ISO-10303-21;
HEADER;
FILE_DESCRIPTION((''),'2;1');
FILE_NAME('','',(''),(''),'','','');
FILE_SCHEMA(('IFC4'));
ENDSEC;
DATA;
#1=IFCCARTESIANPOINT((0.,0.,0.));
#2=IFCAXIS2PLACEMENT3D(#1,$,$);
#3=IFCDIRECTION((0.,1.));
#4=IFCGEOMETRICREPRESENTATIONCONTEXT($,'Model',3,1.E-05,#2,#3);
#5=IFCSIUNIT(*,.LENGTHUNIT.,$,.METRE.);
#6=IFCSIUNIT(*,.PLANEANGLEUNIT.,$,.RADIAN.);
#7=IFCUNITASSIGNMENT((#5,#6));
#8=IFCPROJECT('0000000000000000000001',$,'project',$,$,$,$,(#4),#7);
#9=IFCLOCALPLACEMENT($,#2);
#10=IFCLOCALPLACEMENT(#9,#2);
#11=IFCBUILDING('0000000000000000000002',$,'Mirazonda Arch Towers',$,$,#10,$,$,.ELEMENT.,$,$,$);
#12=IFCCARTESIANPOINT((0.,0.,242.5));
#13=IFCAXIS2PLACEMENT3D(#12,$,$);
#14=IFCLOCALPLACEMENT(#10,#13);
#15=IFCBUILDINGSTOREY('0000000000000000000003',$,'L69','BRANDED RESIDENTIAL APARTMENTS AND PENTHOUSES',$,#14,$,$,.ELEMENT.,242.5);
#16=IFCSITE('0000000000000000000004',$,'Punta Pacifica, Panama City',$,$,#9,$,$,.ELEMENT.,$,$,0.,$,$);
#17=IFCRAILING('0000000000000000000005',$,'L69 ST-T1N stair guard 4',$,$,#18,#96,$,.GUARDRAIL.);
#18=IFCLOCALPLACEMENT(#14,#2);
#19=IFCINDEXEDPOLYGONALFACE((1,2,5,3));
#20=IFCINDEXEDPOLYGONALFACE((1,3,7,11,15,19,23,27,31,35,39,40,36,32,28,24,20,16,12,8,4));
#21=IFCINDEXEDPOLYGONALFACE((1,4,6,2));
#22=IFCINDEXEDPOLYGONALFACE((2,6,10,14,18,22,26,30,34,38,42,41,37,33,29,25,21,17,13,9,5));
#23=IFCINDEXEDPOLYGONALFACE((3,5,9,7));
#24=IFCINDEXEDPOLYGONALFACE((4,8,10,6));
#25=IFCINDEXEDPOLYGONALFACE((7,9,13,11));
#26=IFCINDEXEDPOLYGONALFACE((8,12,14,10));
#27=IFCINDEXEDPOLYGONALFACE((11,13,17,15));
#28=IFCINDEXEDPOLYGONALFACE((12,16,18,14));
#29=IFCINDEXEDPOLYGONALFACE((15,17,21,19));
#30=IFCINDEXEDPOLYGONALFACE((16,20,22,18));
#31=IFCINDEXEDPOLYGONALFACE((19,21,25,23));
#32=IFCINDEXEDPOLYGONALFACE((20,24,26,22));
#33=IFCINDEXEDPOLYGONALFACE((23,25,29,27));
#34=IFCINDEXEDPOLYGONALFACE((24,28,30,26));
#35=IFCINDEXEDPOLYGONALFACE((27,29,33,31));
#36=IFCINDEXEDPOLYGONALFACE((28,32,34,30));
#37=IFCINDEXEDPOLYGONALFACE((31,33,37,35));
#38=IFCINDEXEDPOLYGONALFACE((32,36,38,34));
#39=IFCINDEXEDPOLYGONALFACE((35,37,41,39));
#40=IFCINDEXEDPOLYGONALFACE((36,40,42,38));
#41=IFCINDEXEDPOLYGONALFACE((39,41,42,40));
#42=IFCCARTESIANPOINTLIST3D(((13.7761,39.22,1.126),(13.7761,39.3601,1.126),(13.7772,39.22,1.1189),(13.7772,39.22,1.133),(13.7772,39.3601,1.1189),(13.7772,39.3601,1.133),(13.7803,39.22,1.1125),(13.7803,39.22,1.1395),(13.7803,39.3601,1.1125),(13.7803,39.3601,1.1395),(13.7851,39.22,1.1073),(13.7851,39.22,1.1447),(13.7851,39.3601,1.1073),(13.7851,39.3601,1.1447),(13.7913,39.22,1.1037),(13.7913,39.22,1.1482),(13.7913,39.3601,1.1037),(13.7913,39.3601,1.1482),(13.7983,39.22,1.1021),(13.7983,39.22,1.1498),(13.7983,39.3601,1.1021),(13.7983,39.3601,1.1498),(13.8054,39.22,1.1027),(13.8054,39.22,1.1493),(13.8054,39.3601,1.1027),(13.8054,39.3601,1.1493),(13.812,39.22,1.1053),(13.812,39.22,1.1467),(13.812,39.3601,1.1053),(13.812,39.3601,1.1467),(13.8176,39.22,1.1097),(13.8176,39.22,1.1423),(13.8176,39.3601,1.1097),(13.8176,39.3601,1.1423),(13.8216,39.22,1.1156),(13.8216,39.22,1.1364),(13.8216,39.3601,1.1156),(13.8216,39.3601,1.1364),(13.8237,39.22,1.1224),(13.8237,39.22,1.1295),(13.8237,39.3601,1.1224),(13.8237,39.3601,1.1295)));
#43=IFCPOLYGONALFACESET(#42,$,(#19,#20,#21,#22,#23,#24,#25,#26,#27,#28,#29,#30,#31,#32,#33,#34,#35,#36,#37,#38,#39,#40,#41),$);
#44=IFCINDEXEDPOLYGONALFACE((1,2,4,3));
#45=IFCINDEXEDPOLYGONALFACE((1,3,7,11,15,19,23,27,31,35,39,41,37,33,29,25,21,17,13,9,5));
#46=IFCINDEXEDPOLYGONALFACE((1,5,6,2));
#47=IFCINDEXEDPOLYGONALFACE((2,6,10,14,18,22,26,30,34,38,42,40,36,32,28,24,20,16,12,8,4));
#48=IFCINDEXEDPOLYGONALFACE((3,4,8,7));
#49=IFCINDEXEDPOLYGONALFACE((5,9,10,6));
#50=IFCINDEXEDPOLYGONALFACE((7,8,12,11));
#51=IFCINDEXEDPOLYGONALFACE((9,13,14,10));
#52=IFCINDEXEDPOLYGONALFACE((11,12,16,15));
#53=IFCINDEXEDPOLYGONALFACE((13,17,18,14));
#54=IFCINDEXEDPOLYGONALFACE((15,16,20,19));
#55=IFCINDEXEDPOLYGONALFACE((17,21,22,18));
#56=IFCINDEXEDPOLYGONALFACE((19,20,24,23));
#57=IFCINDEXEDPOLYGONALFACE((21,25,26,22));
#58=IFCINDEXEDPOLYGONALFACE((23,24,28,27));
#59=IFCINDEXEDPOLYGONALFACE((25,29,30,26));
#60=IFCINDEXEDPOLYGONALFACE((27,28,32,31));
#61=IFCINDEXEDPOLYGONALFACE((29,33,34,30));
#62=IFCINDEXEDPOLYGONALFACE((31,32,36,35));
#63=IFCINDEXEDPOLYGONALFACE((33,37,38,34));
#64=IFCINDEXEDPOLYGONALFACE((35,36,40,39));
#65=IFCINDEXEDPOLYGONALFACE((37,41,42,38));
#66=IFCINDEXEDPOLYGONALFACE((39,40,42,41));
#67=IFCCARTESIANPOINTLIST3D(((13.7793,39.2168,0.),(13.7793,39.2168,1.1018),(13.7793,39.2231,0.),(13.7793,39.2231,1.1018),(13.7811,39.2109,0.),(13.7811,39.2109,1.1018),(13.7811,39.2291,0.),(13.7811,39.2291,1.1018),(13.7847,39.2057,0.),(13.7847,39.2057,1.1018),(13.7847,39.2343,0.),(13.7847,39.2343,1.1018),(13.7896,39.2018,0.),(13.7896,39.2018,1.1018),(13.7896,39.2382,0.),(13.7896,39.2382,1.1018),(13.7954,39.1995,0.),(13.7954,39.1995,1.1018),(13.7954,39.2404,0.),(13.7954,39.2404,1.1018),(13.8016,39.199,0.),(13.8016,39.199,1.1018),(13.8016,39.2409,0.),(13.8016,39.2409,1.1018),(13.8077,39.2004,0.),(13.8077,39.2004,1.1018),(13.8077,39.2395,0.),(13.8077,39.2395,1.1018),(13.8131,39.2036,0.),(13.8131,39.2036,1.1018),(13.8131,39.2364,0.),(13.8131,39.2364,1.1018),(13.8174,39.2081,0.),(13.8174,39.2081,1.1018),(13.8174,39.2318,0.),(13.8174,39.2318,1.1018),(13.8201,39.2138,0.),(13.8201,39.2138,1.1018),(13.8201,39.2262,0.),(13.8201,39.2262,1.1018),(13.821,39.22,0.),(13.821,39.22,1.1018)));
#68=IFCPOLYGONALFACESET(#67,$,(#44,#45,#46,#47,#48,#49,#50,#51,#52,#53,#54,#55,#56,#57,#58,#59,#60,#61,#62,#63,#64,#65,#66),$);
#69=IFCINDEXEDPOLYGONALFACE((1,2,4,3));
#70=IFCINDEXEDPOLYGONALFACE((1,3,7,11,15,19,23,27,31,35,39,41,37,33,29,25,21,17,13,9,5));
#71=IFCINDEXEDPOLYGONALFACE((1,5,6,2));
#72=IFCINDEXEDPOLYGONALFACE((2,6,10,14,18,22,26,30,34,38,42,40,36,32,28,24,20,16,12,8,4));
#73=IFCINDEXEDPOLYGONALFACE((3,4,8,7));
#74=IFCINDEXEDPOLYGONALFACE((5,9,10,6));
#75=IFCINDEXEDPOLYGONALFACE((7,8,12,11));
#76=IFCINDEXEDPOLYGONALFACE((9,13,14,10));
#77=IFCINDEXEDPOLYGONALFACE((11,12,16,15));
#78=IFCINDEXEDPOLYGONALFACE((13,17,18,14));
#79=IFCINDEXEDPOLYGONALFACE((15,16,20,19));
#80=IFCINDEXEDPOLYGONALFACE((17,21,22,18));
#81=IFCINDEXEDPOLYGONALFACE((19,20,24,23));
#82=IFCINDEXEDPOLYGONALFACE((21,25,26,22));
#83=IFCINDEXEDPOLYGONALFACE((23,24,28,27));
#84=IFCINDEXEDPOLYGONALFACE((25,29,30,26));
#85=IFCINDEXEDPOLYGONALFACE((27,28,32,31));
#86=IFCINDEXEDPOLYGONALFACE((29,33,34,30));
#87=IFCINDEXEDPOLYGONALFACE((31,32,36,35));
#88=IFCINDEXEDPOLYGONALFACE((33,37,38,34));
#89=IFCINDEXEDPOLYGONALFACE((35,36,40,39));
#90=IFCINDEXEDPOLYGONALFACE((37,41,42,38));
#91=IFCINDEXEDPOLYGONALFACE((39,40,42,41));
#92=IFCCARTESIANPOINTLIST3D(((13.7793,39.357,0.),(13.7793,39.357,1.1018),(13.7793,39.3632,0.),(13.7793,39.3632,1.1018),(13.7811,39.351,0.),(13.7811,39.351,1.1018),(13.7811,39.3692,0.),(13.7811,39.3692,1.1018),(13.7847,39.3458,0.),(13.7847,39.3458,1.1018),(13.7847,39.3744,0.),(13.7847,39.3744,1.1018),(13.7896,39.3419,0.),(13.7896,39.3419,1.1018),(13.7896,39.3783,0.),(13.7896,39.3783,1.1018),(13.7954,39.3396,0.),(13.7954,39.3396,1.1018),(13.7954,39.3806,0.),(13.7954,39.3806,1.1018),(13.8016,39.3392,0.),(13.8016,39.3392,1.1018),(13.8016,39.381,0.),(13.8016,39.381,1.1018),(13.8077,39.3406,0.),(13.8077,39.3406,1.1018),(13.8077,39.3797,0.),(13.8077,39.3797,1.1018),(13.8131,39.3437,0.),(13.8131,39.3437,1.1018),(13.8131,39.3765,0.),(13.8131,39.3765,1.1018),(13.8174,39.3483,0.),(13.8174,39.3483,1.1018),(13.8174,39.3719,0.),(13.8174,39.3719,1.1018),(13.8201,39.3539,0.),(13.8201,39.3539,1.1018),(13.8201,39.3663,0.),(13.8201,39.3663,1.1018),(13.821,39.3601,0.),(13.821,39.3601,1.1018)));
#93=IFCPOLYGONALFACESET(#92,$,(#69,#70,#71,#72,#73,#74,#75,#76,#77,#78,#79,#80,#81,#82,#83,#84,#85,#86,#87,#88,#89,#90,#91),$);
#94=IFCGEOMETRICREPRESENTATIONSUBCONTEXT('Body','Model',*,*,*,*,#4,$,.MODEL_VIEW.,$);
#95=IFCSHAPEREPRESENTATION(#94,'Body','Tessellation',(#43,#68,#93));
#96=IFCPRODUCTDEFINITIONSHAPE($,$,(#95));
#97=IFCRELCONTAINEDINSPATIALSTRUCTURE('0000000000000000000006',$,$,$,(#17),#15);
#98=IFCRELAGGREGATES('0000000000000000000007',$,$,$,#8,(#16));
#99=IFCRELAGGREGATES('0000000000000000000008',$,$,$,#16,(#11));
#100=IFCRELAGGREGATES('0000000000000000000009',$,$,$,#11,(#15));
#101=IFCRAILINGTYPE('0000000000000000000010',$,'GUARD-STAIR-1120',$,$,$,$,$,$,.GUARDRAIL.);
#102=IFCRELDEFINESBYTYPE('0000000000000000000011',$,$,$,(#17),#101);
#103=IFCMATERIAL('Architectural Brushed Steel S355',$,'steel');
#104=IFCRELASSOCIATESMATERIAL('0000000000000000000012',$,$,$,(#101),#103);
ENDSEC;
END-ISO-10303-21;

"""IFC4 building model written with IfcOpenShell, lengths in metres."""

from ifc_helpers import new_model, si_unit, direction, frame, origin, origin_2d, place, context, subcontext, project, spatial, circle, extrude, material, type_object, element, save


model = new_model("IFC4")

# Units and contexts
model_context = context("Model", 3, precision=1e-05, world=origin(), true_north=direction((0.0, 1.0)))
body_context = subcontext(model_context, "Body", "Model", "MODEL_VIEW")
ifc_project = project(units=[si_unit("LENGTHUNIT", "METRE"), si_unit("PLANEANGLEUNIT", "RADIAN")], contexts=[model_context])

# Site, building, storey
site_placement = place(None, origin())
site = spatial("IfcSite", under=ifc_project, at=site_placement, Name="Punta Pacifica, Panama City", CompositionType="ELEMENT", RefElevation=0.0)
building_placement = place(site_placement, origin())
building = spatial("IfcBuilding", under=site, at=building_placement, Name="Mirazonda Arch Towers", CompositionType="ELEMENT")
storey_placement = place(building_placement, frame((0.0, 0.0, 242.5)))
storey = spatial("IfcBuildingStorey", under=building, at=storey_placement, Name="L69", Description="BRANDED RESIDENTIAL APARTMENTS AND PENTHOUSES", CompositionType="ELEMENT", Elevation=242.5)

# Shared definitions
ifc_material_1 = material(Name="Architectural Brushed Steel S355", Category="steel")

# Railing
railing_type_1 = type_object("IfcRailingType", Name="GUARD-STAIR-1120", PredefinedType="GUARDRAIL", material=ifc_material_1)
railing_1_placement = place(storey_placement, frame((13.8, 39.22, 0.0)))
element("IfcRailing", 1, at=railing_1_placement, inside=storey, type_object=railing_type_1, Name="L69 ST-T1N stair guard 4", PredefinedType="GUARDRAIL", context=body_context, shape_type="SweptSolid", body=[
    extrude(circle(Radius=0.0239, at=origin_2d()), frame((0.0, 0.0, 1.126), z_axis=(0.0, 1.0, 0.0), x_axis=(-1.0, 0.0, 0.0)), (0.0, 0.0, 1.0), 0.1401),
    extrude(circle(Radius=0.021, at=origin_2d()), origin(), (0.0, 0.0, 1.0), 1.1018),
    extrude(circle(Radius=0.021, at=origin_2d()), frame((0.0, 0.1401, 0.0)), (0.0, 0.0, 1.0), 1.1018),
])

save(model, "model.ifc")
